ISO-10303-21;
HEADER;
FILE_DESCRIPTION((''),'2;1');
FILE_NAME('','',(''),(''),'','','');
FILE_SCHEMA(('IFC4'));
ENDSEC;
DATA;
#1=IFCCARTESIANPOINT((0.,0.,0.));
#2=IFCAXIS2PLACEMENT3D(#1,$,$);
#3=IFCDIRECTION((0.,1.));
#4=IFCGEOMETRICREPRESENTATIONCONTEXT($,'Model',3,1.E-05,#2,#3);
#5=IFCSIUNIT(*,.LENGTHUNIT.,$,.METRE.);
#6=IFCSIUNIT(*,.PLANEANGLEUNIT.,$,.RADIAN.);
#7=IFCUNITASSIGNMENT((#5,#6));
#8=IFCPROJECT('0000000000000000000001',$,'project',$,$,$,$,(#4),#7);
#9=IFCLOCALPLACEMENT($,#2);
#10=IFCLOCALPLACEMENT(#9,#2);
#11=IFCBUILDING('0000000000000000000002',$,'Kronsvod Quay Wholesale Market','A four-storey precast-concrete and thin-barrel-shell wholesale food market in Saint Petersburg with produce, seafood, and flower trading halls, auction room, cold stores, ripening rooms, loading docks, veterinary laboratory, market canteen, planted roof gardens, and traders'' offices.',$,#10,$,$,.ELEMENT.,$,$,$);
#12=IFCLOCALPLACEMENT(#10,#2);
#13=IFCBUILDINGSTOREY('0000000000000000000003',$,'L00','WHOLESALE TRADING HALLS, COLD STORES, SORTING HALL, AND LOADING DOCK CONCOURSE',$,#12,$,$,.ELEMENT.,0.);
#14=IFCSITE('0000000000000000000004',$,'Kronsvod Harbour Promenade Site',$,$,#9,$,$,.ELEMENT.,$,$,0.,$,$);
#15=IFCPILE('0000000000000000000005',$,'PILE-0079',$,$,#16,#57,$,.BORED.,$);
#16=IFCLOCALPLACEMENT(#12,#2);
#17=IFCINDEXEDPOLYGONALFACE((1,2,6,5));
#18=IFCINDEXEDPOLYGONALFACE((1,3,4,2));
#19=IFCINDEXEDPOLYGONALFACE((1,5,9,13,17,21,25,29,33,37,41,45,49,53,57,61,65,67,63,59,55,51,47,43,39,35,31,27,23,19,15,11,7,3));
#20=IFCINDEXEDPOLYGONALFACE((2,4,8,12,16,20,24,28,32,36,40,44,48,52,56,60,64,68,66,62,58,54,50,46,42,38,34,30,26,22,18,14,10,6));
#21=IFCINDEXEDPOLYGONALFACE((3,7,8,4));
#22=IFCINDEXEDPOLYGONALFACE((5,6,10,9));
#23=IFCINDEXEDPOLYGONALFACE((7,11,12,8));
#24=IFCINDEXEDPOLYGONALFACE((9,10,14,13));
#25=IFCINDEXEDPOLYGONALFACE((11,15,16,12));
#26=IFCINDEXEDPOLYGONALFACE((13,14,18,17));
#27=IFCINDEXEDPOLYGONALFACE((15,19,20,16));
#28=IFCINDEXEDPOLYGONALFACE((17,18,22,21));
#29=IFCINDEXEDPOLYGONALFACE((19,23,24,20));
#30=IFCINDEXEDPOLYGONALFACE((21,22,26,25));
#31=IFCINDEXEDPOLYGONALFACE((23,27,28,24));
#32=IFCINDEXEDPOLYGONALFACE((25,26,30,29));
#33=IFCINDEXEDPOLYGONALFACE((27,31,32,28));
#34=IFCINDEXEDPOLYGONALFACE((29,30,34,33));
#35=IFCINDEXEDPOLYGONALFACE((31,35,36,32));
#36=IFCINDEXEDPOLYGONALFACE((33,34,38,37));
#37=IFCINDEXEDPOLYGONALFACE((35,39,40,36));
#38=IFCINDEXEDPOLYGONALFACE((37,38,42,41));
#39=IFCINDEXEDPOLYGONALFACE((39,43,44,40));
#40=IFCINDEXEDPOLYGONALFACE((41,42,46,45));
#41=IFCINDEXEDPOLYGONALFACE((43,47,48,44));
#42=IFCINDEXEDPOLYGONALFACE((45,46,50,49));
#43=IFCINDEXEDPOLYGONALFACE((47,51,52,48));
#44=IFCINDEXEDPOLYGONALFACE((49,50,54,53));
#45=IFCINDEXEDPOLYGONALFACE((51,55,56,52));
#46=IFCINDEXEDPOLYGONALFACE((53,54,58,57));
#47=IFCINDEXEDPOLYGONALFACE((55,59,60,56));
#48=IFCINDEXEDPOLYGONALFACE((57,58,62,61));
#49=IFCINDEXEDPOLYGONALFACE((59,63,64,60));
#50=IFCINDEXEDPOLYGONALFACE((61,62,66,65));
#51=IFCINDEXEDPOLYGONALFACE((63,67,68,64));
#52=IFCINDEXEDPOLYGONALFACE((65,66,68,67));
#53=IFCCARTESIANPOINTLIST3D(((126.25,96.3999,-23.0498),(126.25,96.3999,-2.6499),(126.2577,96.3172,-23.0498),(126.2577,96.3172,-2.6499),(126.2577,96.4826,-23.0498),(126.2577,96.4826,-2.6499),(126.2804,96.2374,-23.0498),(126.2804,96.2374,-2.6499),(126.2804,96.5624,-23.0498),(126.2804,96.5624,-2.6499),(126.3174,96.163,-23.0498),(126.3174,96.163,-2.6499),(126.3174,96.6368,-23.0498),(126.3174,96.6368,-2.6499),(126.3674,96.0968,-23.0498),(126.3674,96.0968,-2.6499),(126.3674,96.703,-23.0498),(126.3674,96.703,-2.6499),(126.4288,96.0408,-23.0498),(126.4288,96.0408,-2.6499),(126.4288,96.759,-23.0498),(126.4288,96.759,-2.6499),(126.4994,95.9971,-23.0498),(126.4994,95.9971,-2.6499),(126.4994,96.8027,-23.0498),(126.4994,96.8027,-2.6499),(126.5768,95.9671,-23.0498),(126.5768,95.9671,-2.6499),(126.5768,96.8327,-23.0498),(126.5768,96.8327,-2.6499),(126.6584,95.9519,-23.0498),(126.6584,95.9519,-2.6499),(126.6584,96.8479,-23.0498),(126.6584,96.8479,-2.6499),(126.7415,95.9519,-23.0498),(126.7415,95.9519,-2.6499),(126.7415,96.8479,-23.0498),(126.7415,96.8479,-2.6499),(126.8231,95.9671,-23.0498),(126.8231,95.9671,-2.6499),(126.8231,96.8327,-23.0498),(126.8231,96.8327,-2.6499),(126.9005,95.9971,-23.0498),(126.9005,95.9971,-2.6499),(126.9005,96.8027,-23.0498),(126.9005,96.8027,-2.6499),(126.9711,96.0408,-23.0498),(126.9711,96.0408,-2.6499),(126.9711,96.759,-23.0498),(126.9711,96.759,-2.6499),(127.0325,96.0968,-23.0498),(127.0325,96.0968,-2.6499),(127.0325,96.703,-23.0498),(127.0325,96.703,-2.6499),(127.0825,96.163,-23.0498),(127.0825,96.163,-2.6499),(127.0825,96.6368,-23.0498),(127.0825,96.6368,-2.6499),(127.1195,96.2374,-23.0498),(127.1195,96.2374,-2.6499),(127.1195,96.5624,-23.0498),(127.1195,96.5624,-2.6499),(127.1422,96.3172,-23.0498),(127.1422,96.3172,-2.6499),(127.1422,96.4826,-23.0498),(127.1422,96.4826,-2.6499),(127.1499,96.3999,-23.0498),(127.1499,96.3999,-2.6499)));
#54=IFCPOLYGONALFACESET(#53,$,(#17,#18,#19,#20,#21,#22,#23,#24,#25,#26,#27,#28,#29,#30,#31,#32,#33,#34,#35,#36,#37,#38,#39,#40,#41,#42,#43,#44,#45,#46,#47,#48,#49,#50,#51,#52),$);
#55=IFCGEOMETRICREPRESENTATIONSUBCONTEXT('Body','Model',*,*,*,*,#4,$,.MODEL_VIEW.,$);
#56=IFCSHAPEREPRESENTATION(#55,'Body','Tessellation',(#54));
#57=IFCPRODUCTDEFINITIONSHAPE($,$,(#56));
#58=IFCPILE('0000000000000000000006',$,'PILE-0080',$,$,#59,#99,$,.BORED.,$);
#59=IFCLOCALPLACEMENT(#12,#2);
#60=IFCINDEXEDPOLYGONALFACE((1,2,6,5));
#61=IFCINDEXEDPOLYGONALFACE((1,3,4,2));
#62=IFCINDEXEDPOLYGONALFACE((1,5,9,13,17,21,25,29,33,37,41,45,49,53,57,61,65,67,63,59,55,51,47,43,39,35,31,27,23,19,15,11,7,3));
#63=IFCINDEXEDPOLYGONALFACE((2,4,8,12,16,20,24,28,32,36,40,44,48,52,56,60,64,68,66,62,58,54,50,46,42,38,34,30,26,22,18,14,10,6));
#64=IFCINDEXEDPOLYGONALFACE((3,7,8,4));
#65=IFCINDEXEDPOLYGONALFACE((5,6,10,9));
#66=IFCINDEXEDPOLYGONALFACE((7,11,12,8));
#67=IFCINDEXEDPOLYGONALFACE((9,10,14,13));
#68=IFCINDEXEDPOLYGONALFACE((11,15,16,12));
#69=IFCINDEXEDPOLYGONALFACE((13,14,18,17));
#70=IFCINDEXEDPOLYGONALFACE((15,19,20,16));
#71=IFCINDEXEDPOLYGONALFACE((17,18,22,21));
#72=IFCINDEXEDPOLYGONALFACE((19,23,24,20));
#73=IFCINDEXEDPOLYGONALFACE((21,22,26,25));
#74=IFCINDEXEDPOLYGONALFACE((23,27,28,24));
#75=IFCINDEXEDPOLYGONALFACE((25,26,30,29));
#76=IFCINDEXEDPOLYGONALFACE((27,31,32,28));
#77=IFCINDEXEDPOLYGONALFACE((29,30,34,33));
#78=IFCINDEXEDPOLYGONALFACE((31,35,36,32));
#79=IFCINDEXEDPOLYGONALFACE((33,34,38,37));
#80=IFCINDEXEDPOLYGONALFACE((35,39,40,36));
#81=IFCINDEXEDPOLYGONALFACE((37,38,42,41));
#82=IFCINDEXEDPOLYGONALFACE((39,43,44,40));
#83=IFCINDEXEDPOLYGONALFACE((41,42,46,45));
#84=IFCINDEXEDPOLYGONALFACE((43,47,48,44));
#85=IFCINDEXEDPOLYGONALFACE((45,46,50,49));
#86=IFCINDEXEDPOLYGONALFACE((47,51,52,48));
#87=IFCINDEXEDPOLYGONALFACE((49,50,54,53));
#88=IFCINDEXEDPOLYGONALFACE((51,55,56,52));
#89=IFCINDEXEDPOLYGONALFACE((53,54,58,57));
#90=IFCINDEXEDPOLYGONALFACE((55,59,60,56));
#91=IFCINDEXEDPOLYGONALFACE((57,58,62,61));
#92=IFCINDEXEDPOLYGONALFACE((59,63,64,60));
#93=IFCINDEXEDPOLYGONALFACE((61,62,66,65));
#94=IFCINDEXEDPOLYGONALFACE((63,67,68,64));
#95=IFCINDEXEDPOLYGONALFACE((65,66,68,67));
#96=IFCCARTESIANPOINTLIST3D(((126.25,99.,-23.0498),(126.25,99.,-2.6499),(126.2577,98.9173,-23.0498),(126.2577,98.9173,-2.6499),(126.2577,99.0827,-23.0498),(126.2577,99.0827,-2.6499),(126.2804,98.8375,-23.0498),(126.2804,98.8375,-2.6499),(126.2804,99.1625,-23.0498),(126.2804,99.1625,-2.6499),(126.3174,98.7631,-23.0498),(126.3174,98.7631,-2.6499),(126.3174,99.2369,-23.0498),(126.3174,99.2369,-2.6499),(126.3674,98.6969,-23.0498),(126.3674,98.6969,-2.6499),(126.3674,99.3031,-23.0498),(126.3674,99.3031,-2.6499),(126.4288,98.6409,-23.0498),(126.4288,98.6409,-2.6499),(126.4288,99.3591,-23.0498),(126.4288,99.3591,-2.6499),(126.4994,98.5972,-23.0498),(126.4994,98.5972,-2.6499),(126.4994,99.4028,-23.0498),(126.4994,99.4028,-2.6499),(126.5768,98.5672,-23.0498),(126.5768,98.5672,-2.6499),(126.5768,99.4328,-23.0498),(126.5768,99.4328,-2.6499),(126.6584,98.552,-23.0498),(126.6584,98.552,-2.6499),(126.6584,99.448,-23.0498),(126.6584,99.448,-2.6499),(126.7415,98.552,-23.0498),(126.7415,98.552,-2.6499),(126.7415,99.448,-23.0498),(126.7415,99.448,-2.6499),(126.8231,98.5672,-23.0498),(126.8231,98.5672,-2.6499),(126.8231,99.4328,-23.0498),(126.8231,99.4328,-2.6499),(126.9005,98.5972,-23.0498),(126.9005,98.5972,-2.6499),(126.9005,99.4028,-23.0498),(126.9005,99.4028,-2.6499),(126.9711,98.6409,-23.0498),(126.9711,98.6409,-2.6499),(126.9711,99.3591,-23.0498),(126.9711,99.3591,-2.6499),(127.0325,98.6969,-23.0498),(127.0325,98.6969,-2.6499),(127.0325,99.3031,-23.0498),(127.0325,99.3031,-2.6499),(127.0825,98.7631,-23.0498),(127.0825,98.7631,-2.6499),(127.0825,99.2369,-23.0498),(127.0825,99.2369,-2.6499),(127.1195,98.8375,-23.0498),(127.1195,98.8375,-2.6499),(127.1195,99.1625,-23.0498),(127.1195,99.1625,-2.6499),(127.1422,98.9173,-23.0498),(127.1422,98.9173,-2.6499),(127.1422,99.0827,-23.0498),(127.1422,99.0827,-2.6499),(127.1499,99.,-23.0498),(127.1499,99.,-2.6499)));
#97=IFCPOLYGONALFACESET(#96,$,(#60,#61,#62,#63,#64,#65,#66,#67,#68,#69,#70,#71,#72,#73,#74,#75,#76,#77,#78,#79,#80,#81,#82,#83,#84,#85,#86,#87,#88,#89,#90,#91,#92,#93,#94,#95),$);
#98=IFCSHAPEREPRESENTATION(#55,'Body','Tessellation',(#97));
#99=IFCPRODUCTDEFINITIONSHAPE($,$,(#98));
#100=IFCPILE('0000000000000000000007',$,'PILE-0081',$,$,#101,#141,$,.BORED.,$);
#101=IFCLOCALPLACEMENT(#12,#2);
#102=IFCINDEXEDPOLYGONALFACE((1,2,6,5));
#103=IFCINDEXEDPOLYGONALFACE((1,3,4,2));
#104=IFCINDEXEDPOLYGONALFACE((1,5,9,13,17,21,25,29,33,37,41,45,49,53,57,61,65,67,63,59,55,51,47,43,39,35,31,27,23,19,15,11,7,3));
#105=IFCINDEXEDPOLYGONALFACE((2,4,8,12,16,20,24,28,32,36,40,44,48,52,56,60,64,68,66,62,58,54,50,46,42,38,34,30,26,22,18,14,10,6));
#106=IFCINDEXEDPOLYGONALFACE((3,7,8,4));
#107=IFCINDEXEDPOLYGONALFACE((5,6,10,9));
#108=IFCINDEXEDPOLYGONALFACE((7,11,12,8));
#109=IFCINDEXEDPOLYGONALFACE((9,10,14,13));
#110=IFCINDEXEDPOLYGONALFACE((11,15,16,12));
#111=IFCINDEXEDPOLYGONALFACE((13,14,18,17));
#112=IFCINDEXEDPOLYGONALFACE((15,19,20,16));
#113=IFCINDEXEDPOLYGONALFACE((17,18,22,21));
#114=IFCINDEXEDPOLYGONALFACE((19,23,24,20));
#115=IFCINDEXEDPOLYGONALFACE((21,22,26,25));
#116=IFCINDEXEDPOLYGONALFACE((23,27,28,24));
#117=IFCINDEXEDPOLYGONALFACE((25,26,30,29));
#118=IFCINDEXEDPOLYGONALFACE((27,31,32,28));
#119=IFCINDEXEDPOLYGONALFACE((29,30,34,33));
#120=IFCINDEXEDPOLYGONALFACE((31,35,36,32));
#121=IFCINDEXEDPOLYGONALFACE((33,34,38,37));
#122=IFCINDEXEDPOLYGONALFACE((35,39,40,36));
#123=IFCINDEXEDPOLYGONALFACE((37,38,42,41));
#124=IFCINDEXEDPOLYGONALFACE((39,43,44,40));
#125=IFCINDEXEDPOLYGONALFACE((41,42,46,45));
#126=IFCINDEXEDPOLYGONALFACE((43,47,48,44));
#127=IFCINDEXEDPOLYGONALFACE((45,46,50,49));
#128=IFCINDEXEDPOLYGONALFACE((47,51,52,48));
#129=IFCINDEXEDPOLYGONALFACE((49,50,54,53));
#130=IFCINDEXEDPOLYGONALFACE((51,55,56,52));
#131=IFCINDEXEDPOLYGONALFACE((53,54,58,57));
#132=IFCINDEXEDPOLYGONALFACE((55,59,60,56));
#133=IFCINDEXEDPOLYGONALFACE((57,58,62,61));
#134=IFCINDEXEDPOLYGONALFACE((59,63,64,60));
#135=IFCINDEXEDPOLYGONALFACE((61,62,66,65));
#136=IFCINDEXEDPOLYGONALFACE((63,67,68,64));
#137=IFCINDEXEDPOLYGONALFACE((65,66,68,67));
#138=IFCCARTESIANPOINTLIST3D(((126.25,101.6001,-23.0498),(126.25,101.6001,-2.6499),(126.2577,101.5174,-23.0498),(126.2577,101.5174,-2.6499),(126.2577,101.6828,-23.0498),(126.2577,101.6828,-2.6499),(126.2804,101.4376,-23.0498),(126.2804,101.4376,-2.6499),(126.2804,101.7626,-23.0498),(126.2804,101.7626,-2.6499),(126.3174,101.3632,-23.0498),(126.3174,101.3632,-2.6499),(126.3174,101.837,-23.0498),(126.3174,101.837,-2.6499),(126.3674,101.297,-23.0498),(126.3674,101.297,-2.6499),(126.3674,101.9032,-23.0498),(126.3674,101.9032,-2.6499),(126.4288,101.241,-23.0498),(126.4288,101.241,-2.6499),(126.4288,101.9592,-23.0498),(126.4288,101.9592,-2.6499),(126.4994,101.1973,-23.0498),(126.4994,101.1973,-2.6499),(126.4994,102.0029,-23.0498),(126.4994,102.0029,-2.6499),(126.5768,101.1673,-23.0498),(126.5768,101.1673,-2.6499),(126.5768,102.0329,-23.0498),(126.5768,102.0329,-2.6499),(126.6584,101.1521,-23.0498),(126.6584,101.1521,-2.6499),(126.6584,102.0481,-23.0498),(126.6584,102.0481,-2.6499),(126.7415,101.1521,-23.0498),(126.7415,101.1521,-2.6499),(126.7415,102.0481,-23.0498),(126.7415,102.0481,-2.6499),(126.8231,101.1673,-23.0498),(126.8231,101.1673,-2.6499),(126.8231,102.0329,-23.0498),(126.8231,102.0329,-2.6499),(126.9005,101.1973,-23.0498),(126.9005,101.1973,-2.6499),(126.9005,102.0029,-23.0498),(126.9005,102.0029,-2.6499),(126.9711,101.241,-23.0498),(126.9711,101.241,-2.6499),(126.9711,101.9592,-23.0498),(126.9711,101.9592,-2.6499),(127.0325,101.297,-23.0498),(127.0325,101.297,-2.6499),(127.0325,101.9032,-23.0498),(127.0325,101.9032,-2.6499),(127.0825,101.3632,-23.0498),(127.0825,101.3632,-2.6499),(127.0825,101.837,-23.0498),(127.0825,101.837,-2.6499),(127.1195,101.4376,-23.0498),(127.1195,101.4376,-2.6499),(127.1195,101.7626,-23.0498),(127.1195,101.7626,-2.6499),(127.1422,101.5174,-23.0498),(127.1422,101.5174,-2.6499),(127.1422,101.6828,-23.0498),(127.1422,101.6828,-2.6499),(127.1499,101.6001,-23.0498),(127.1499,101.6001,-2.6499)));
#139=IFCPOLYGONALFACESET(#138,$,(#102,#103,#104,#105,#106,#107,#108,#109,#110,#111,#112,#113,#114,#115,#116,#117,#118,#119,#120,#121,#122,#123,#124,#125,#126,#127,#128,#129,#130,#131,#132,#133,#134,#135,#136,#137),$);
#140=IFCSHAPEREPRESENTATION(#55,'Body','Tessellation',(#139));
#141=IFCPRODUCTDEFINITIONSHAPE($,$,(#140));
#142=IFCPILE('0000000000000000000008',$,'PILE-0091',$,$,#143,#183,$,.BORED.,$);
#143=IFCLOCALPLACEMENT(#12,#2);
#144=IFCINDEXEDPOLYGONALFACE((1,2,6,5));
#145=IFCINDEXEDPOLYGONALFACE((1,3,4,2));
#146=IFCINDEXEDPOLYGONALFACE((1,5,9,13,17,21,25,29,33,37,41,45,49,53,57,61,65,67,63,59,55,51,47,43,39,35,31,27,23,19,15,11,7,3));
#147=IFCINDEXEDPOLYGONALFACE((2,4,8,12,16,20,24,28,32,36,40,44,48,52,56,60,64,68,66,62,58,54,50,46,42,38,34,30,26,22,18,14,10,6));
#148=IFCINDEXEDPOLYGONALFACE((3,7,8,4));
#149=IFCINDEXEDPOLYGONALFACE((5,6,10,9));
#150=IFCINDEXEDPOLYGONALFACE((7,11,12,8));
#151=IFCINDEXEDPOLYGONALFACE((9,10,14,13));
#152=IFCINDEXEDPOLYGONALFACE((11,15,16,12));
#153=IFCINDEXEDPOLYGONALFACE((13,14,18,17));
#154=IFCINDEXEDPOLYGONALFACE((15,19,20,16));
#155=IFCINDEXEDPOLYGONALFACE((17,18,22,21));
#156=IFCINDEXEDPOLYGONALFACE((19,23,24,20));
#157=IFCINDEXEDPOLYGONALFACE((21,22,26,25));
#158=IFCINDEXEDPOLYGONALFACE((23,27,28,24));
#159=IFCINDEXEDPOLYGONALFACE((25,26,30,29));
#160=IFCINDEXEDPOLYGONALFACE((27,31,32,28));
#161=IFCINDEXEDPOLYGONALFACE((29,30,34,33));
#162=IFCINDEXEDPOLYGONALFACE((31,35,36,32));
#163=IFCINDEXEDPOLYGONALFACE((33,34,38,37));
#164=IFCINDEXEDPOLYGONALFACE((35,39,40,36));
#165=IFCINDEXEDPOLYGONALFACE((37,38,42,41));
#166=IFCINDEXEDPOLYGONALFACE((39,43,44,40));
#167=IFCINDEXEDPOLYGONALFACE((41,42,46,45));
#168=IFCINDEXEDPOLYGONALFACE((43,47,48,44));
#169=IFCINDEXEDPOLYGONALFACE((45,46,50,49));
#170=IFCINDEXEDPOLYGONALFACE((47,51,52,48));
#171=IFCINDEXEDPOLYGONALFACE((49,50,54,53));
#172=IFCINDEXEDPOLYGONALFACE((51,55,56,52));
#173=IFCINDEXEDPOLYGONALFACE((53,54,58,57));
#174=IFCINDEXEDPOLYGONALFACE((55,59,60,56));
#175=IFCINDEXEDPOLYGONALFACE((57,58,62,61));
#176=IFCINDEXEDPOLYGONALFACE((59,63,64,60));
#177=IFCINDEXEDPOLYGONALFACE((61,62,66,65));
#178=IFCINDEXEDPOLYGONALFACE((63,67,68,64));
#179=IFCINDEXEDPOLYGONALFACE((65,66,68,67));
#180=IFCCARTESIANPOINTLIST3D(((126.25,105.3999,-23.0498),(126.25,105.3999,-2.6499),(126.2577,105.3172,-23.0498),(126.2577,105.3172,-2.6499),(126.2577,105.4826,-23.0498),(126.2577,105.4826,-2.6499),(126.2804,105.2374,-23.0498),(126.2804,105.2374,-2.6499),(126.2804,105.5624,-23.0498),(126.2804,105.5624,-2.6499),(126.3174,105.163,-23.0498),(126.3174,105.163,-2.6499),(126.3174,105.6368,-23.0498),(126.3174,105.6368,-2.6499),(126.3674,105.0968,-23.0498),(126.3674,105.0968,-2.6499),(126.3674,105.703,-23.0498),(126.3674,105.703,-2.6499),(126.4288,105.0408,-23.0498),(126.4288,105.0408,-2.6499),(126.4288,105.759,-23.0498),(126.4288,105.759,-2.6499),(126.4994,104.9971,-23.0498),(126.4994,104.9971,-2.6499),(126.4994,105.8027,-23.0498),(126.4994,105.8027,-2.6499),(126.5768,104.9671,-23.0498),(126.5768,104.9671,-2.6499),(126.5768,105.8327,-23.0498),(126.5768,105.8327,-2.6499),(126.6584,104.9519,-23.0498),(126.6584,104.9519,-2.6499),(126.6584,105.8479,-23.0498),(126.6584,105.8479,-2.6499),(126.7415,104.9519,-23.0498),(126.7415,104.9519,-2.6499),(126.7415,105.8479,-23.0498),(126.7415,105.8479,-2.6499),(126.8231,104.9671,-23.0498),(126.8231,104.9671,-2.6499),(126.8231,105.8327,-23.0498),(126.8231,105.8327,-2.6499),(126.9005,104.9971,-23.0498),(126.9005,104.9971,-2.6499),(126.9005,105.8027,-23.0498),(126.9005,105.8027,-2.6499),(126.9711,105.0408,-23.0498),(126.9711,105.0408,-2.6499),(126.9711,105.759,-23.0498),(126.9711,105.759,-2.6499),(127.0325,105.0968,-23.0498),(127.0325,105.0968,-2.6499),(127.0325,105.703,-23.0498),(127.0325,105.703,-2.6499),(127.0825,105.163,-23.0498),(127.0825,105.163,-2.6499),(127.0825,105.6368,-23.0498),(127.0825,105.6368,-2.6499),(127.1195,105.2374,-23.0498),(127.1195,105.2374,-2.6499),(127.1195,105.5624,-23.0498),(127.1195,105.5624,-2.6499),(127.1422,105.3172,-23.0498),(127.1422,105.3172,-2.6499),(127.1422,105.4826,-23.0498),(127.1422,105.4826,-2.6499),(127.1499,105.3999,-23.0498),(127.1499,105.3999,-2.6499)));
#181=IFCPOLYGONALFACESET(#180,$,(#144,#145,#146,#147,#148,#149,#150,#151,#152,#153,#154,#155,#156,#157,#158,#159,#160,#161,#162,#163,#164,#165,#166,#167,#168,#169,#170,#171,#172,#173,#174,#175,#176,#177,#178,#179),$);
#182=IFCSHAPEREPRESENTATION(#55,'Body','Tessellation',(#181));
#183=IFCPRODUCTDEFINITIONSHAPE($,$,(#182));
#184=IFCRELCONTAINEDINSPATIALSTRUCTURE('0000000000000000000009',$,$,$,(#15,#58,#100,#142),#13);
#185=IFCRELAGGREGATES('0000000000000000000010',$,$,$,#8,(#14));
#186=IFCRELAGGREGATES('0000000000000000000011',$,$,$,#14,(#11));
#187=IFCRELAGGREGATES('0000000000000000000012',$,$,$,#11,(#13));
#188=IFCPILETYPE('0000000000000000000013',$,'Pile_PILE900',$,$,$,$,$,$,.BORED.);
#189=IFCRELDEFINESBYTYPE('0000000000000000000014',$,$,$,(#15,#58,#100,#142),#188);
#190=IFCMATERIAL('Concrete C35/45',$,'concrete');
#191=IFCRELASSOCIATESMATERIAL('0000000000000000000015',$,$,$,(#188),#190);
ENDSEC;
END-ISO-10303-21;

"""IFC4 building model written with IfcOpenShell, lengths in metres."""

from ifc_helpers import new_model, si_unit, direction, frame, origin, origin_2d, place, context, subcontext, project, spatial, circle, extrude, material, material_profile, profile_set, type_object, element, save


model = new_model("IFC4")

# Units and contexts
model_context = context("Model", 3, precision=1e-05, world=origin(), true_north=direction((0.0, 1.0)))
body_context = subcontext(model_context, "Body", "Model", "MODEL_VIEW")
ifc_project = project(units=[si_unit("LENGTHUNIT", "METRE"), si_unit("PLANEANGLEUNIT", "RADIAN")], contexts=[model_context])

# Site, building, storey
site_placement = place(None, origin())
site = spatial("IfcSite", under=ifc_project, at=site_placement, Name="Kronsvod Harbour Promenade Site", CompositionType="ELEMENT", RefElevation=0.0)
building_placement = place(site_placement, origin())
building = spatial("IfcBuilding", under=site, at=building_placement, Name="Kronsvod Quay Wholesale Market", Description="A four-storey precast-concrete and thin-barrel-shell wholesale food market in Saint Petersburg with produce, seafood, and flower trading halls, auction room, cold stores, ripening rooms, loading docks, veterinary laboratory, market canteen, planted roof gardens, and traders' offices.", CompositionType="ELEMENT")
storey_placement = place(building_placement, origin())
storey = spatial("IfcBuildingStorey", under=building, at=storey_placement, Name="L00", Description="WHOLESALE TRADING HALLS, COLD STORES, SORTING HALL, AND LOADING DOCK CONCOURSE", CompositionType="ELEMENT", Elevation=0.0)

# Piles
ifc_material_1 = material(Name="Concrete C35/45", Category="concrete")
ifc_material_profile_1 = material_profile(ifc_material_1, circle(Radius=0.45, at=origin_2d()), Name="PILE900")
ifc_profile_set_1 = profile_set([ifc_material_profile_1], Name="Concrete C35/45")
pile_type = type_object("IfcPileType", Name="Pile_PILE900", PredefinedType="BORED", material=ifc_profile_set_1)
for number, where, z_axis, x_axis, name in (
    (1, (126.7, 96.3999, -2.6499), (0.0, 0.0, -1.0), (1.0, 0.0, 0.0), "PILE-0079"),
    (2, (126.7, 99.0, -2.6499), (0.0, 0.0, -1.0), (1.0, 0.0, 0.0), "PILE-0080"),
    (3, (126.7, 101.6001, -2.6499), (0.0, 0.0, -1.0), (1.0, 0.0, 0.0), "PILE-0081"),
    (4, (126.7, 105.3999, -2.6499), (0.0, 0.0, -1.0), (1.0, 0.0, 0.0), "PILE-0091"),
):
    element("IfcPile", number, at=place(storey_placement, frame(where, z_axis=z_axis, x_axis=x_axis)), inside=storey, type_object=pile_type, Name=name, PredefinedType="BORED", context=body_context, shape_type="SweptSolid", body=[
        extrude(circle(Radius=0.45, at=origin_2d()), origin(), (0.0, 0.0, 1.0), 20.3999),
    ])

save(model, "model.ifc")
